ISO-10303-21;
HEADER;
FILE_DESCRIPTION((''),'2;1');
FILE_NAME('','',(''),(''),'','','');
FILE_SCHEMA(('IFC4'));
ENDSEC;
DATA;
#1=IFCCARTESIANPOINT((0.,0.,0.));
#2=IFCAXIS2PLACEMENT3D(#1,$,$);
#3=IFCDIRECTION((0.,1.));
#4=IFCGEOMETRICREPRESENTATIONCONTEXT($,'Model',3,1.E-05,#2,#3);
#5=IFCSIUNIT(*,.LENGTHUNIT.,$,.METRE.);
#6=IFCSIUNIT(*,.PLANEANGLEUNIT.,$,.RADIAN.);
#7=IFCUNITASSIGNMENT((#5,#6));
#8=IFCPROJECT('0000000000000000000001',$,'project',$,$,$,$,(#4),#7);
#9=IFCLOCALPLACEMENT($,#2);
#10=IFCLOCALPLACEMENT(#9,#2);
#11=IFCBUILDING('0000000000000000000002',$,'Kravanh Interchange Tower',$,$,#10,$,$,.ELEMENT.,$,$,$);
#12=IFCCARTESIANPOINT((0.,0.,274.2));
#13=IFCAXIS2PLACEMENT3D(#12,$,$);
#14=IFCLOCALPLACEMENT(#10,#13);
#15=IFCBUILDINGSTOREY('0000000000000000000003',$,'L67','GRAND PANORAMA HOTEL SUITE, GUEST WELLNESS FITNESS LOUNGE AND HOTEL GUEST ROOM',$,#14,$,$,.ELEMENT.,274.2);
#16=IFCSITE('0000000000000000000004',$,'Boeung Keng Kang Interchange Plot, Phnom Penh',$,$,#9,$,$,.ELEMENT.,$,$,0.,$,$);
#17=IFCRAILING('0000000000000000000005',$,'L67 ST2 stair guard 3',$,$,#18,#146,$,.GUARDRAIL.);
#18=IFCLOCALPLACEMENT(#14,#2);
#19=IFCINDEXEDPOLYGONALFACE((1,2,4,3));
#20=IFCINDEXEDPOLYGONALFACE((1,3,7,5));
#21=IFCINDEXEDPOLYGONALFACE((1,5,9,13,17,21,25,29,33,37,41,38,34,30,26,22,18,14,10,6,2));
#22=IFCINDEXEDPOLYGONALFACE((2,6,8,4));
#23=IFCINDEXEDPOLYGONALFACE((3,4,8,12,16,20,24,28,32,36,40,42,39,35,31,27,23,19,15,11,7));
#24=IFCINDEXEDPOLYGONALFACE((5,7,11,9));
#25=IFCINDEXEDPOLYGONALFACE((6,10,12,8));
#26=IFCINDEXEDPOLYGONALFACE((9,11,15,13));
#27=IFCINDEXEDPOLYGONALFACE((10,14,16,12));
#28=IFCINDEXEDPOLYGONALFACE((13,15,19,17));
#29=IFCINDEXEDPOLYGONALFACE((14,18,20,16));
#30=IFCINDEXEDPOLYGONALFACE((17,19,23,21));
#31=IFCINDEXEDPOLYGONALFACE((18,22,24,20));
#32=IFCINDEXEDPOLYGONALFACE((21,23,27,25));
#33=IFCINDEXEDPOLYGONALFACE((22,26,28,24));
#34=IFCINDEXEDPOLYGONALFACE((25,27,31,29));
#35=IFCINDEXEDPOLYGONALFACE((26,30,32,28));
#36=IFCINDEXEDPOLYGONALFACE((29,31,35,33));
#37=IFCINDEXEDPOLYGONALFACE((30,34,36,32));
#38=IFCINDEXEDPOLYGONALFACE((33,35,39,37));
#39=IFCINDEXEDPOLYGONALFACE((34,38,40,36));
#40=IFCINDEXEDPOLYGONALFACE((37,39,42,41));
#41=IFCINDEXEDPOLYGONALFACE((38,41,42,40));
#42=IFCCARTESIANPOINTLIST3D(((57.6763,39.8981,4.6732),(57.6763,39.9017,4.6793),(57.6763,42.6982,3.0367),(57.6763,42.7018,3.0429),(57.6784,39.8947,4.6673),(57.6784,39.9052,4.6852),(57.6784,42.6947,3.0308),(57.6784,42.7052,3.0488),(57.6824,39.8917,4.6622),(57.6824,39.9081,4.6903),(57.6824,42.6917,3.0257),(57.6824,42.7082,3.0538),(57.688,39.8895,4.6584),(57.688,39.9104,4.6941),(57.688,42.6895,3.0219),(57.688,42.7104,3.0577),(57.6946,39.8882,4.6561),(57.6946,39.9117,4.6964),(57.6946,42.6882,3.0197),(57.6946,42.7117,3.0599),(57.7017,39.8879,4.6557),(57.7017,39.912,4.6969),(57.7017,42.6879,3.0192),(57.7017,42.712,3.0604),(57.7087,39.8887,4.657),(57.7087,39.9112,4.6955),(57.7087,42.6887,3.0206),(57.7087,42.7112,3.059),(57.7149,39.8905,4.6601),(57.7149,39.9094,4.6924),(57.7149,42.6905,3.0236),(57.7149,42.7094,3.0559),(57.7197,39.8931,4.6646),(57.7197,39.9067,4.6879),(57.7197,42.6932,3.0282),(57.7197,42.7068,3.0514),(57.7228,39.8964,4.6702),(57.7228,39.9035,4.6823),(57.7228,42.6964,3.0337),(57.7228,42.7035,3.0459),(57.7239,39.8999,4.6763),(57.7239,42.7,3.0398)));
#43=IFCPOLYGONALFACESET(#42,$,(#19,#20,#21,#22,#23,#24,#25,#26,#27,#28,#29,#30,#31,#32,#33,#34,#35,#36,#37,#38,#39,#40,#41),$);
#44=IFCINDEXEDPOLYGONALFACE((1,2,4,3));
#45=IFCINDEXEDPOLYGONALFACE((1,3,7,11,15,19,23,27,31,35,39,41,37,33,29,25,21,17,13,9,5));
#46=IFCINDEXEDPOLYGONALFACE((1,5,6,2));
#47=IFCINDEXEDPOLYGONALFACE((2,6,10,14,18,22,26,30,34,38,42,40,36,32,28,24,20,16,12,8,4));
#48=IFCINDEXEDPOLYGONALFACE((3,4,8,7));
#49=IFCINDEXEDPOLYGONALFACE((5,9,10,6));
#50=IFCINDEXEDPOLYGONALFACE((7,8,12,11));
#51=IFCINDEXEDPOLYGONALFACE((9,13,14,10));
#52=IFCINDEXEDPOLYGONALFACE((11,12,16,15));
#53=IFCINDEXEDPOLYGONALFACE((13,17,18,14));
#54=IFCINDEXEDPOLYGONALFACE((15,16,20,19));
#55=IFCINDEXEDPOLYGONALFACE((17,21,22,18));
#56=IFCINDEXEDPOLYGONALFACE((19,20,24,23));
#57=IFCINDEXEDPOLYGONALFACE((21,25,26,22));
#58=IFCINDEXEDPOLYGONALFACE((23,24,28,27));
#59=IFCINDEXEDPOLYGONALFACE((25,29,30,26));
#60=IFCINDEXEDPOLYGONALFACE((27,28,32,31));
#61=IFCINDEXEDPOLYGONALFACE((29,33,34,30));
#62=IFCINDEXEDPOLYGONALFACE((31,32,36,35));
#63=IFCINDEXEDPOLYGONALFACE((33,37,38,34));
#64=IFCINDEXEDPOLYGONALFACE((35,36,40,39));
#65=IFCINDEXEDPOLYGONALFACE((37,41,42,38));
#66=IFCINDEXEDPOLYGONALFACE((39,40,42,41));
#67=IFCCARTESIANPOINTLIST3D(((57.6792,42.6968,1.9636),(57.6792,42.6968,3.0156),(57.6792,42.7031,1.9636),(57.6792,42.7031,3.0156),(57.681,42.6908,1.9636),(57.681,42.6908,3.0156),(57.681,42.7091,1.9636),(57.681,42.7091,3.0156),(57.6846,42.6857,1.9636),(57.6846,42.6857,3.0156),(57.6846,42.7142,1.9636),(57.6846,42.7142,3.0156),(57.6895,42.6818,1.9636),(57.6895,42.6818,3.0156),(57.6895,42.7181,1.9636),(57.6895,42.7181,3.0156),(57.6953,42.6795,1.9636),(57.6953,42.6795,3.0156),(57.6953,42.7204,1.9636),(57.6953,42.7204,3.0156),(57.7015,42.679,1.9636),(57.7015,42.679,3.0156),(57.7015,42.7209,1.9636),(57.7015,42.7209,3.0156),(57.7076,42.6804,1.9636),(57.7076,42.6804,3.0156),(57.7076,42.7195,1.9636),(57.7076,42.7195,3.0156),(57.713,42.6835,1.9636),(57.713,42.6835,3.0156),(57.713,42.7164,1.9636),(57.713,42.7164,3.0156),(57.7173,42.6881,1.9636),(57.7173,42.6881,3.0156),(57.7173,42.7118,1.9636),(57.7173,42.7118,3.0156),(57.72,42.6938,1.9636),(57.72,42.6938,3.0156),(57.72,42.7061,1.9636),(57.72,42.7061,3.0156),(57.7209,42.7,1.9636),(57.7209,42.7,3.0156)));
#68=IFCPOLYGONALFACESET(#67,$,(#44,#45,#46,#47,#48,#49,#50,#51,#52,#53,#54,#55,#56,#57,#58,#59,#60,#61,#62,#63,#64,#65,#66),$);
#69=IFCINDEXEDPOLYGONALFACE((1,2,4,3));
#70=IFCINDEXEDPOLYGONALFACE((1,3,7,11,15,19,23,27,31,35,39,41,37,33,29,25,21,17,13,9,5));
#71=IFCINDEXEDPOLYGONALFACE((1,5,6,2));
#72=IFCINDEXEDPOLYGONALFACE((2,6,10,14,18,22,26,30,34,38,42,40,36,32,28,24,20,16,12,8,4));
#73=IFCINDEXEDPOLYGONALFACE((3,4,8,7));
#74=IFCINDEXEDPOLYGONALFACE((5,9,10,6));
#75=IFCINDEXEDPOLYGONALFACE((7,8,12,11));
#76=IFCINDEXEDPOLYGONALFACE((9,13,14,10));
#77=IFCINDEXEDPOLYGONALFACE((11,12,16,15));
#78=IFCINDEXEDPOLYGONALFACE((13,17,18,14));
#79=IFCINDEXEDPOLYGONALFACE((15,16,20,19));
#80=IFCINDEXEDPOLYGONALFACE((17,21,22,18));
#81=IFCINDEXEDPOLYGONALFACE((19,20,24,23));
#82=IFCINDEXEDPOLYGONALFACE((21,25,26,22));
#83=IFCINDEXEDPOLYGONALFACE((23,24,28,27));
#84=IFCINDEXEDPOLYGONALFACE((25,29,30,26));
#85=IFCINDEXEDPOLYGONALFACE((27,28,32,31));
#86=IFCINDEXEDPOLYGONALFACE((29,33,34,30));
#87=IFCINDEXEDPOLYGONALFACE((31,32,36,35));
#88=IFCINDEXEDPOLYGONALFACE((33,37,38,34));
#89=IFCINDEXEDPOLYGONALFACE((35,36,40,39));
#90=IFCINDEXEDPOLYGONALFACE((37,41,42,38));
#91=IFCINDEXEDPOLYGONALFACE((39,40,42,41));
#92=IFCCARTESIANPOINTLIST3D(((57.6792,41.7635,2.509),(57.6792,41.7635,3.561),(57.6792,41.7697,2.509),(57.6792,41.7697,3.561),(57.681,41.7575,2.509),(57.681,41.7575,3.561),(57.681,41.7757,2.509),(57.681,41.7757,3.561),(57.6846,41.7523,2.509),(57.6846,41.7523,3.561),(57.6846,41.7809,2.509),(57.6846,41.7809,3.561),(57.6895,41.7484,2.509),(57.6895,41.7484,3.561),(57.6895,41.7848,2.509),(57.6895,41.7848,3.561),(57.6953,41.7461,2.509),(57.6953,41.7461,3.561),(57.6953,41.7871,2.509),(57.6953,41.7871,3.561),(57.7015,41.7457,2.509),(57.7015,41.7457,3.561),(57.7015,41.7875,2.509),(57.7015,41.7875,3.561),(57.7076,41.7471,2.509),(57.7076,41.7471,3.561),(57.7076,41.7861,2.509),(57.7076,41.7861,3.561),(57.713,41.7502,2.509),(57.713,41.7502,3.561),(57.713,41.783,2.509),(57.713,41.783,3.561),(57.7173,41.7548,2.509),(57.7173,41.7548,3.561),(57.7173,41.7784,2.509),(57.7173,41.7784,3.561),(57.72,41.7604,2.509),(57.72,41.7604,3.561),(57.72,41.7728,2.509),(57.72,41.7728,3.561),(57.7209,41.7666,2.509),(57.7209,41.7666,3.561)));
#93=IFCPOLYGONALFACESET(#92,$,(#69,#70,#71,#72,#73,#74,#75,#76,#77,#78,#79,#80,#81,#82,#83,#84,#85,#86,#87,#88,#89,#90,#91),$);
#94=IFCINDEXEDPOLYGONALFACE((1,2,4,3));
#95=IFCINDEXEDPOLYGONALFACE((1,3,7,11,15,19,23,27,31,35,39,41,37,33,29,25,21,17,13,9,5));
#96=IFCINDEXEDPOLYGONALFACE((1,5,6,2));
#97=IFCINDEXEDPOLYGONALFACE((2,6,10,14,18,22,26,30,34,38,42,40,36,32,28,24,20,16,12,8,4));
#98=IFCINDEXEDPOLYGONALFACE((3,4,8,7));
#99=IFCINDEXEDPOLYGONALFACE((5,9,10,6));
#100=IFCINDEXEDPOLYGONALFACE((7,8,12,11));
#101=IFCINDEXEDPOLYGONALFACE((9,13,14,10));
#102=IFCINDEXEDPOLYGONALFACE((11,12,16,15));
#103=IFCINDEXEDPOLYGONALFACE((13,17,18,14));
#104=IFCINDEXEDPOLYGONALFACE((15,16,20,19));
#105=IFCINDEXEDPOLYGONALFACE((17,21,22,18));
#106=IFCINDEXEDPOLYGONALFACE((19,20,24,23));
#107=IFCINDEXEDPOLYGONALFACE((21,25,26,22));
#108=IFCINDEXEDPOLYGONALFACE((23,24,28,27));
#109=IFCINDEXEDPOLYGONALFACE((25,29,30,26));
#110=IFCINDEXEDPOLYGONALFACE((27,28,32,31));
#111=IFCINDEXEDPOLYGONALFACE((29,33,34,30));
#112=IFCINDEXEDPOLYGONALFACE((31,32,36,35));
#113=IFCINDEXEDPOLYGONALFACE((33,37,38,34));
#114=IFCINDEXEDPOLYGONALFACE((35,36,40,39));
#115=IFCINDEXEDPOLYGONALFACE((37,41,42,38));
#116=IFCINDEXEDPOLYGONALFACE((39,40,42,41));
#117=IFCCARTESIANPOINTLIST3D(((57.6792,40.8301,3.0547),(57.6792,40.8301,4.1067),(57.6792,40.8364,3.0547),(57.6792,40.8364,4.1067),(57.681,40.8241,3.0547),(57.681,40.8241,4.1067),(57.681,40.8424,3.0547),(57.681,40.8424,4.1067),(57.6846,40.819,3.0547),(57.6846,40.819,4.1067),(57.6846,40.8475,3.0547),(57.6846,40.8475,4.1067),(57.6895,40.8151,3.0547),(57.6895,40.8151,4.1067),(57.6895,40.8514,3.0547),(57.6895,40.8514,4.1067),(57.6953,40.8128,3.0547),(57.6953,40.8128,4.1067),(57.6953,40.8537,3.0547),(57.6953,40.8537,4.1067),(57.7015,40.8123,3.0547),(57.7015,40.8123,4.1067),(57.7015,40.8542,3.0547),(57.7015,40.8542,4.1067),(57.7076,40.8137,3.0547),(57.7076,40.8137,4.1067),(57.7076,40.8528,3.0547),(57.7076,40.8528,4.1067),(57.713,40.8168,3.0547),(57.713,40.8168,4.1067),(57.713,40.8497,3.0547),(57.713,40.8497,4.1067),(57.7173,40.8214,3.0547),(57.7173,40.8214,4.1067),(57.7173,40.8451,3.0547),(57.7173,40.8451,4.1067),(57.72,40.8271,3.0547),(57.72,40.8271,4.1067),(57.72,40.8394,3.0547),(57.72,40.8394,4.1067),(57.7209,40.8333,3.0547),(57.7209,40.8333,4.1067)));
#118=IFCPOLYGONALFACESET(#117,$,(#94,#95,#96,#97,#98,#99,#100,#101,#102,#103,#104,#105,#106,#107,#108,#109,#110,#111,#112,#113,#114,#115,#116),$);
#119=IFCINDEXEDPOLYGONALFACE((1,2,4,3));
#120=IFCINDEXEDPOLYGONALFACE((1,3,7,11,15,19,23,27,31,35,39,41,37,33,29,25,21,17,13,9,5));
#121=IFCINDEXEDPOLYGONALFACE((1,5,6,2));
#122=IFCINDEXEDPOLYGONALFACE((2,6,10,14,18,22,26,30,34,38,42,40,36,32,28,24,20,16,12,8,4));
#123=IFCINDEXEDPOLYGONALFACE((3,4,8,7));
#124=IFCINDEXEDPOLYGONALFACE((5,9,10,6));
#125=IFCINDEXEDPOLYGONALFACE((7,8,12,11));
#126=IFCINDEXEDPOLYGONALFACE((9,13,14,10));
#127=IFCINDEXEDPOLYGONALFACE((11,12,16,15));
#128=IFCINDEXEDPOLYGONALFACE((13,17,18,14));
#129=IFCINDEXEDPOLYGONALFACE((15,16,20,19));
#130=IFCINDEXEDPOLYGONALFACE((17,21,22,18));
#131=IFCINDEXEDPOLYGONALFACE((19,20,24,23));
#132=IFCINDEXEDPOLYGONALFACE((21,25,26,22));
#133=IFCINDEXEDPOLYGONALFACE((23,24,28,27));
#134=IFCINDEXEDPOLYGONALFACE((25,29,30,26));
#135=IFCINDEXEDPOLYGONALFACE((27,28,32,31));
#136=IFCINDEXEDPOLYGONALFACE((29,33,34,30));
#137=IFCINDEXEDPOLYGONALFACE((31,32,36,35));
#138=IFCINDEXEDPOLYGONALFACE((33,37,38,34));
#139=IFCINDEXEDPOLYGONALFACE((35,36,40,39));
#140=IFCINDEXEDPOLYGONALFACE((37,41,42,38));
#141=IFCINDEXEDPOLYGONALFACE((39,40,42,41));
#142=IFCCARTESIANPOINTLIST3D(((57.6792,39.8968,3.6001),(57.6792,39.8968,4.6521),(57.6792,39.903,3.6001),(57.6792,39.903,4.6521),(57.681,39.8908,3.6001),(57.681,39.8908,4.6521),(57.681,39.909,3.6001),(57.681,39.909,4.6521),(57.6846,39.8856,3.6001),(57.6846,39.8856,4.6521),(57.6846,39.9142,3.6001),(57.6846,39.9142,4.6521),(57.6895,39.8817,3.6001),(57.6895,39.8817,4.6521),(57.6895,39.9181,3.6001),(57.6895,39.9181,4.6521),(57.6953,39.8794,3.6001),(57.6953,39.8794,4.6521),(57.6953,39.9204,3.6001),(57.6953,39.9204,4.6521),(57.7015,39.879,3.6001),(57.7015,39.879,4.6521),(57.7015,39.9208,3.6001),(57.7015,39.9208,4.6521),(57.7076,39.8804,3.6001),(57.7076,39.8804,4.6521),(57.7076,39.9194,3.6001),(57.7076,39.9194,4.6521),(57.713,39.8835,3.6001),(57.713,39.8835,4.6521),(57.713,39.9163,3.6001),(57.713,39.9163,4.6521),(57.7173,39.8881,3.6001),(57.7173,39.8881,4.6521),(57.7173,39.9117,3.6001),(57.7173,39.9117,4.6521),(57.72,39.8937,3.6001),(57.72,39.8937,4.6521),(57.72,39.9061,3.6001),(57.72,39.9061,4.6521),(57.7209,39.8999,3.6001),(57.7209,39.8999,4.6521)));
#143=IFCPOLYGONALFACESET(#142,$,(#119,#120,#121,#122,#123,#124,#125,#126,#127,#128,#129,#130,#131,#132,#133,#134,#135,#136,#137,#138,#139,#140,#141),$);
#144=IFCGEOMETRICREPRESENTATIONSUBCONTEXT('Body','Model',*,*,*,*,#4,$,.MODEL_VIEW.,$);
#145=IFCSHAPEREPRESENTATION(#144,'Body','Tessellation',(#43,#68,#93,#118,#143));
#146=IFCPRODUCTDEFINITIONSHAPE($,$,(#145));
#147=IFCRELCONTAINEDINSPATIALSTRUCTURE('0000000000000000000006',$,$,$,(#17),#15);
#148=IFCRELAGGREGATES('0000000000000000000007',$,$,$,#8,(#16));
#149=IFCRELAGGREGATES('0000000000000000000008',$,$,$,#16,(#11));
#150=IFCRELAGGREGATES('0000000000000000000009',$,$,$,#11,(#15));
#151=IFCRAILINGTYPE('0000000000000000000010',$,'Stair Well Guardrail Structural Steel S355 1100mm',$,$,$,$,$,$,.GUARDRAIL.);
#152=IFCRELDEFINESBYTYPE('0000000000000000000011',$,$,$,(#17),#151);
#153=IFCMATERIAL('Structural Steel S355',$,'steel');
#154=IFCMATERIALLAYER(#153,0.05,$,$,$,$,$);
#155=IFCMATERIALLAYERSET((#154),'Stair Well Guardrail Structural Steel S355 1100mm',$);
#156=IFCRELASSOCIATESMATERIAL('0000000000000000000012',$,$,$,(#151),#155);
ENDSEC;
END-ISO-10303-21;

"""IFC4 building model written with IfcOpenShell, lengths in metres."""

from ifc_helpers import new_model, si_unit, direction, frame, origin, origin_2d, place, context, subcontext, project, spatial, circle, extrude, material, layer, layer_set, type_object, element, save


model = new_model("IFC4")

# Units and contexts
model_context = context("Model", 3, precision=1e-05, world=origin(), true_north=direction((0.0, 1.0)))
body_context = subcontext(model_context, "Body", "Model", "MODEL_VIEW")
ifc_project = project(units=[si_unit("LENGTHUNIT", "METRE"), si_unit("PLANEANGLEUNIT", "RADIAN")], contexts=[model_context])

# Site, building, storey
site_placement = place(None, origin())
site = spatial("IfcSite", under=ifc_project, at=site_placement, Name="Boeung Keng Kang Interchange Plot, Phnom Penh", CompositionType="ELEMENT", RefElevation=0.0)
building_placement = place(site_placement, origin())
building = spatial("IfcBuilding", under=site, at=building_placement, Name="Kravanh Interchange Tower", CompositionType="ELEMENT")
storey_placement = place(building_placement, frame((0.0, 0.0, 274.2)))
storey = spatial("IfcBuildingStorey", under=building, at=storey_placement, Name="L67", Description="GRAND PANORAMA HOTEL SUITE, GUEST WELLNESS FITNESS LOUNGE AND HOTEL GUEST ROOM", CompositionType="ELEMENT", Elevation=274.2)

# Railing
ifc_material_1 = material(Name="Structural Steel S355", Category="steel")
ifc_layer_1 = layer(ifc_material_1, 0.05)
ifc_layer_set_1 = layer_set([ifc_layer_1], Name="Stair Well Guardrail Structural Steel S355 1100mm")
railing_type_1 = type_object("IfcRailingType", Name="Stair Well Guardrail Structural Steel S355 1100mm", PredefinedType="GUARDRAIL", material=ifc_layer_set_1)
railing_1_placement = place(storey_placement, frame((57.7, 42.7, 1.9636)))
element("IfcRailing", 1, at=railing_1_placement, inside=storey, type_object=railing_type_1, Name="L67 ST2 stair guard 3", PredefinedType="GUARDRAIL", context=body_context, shape_type="SweptSolid", body=[
    extrude(circle(Radius=0.0239, at=origin_2d()), frame((0.0, 0.0, 1.0762), z_axis=(0.0, -0.863361, 0.504587), x_axis=(1.0, 0.0, 0.0)), (0.0, 0.0, 1.0), 3.2432),
    extrude(circle(Radius=0.021, at=origin_2d()), origin(), (0.0, 0.0, 1.0), 1.052),
    extrude(circle(Radius=0.021, at=origin_2d()), frame((0.0, -0.9333, 0.5454)), (0.0, 0.0, 1.0), 1.052),
    extrude(circle(Radius=0.021, at=origin_2d()), frame((0.0, -1.8667, 1.0911)), (0.0, 0.0, 1.0), 1.052),
    extrude(circle(Radius=0.021, at=origin_2d()), frame((0.0, -2.8, 1.6365)), (0.0, 0.0, 1.0), 1.052),
])

save(model, "model.ifc")
